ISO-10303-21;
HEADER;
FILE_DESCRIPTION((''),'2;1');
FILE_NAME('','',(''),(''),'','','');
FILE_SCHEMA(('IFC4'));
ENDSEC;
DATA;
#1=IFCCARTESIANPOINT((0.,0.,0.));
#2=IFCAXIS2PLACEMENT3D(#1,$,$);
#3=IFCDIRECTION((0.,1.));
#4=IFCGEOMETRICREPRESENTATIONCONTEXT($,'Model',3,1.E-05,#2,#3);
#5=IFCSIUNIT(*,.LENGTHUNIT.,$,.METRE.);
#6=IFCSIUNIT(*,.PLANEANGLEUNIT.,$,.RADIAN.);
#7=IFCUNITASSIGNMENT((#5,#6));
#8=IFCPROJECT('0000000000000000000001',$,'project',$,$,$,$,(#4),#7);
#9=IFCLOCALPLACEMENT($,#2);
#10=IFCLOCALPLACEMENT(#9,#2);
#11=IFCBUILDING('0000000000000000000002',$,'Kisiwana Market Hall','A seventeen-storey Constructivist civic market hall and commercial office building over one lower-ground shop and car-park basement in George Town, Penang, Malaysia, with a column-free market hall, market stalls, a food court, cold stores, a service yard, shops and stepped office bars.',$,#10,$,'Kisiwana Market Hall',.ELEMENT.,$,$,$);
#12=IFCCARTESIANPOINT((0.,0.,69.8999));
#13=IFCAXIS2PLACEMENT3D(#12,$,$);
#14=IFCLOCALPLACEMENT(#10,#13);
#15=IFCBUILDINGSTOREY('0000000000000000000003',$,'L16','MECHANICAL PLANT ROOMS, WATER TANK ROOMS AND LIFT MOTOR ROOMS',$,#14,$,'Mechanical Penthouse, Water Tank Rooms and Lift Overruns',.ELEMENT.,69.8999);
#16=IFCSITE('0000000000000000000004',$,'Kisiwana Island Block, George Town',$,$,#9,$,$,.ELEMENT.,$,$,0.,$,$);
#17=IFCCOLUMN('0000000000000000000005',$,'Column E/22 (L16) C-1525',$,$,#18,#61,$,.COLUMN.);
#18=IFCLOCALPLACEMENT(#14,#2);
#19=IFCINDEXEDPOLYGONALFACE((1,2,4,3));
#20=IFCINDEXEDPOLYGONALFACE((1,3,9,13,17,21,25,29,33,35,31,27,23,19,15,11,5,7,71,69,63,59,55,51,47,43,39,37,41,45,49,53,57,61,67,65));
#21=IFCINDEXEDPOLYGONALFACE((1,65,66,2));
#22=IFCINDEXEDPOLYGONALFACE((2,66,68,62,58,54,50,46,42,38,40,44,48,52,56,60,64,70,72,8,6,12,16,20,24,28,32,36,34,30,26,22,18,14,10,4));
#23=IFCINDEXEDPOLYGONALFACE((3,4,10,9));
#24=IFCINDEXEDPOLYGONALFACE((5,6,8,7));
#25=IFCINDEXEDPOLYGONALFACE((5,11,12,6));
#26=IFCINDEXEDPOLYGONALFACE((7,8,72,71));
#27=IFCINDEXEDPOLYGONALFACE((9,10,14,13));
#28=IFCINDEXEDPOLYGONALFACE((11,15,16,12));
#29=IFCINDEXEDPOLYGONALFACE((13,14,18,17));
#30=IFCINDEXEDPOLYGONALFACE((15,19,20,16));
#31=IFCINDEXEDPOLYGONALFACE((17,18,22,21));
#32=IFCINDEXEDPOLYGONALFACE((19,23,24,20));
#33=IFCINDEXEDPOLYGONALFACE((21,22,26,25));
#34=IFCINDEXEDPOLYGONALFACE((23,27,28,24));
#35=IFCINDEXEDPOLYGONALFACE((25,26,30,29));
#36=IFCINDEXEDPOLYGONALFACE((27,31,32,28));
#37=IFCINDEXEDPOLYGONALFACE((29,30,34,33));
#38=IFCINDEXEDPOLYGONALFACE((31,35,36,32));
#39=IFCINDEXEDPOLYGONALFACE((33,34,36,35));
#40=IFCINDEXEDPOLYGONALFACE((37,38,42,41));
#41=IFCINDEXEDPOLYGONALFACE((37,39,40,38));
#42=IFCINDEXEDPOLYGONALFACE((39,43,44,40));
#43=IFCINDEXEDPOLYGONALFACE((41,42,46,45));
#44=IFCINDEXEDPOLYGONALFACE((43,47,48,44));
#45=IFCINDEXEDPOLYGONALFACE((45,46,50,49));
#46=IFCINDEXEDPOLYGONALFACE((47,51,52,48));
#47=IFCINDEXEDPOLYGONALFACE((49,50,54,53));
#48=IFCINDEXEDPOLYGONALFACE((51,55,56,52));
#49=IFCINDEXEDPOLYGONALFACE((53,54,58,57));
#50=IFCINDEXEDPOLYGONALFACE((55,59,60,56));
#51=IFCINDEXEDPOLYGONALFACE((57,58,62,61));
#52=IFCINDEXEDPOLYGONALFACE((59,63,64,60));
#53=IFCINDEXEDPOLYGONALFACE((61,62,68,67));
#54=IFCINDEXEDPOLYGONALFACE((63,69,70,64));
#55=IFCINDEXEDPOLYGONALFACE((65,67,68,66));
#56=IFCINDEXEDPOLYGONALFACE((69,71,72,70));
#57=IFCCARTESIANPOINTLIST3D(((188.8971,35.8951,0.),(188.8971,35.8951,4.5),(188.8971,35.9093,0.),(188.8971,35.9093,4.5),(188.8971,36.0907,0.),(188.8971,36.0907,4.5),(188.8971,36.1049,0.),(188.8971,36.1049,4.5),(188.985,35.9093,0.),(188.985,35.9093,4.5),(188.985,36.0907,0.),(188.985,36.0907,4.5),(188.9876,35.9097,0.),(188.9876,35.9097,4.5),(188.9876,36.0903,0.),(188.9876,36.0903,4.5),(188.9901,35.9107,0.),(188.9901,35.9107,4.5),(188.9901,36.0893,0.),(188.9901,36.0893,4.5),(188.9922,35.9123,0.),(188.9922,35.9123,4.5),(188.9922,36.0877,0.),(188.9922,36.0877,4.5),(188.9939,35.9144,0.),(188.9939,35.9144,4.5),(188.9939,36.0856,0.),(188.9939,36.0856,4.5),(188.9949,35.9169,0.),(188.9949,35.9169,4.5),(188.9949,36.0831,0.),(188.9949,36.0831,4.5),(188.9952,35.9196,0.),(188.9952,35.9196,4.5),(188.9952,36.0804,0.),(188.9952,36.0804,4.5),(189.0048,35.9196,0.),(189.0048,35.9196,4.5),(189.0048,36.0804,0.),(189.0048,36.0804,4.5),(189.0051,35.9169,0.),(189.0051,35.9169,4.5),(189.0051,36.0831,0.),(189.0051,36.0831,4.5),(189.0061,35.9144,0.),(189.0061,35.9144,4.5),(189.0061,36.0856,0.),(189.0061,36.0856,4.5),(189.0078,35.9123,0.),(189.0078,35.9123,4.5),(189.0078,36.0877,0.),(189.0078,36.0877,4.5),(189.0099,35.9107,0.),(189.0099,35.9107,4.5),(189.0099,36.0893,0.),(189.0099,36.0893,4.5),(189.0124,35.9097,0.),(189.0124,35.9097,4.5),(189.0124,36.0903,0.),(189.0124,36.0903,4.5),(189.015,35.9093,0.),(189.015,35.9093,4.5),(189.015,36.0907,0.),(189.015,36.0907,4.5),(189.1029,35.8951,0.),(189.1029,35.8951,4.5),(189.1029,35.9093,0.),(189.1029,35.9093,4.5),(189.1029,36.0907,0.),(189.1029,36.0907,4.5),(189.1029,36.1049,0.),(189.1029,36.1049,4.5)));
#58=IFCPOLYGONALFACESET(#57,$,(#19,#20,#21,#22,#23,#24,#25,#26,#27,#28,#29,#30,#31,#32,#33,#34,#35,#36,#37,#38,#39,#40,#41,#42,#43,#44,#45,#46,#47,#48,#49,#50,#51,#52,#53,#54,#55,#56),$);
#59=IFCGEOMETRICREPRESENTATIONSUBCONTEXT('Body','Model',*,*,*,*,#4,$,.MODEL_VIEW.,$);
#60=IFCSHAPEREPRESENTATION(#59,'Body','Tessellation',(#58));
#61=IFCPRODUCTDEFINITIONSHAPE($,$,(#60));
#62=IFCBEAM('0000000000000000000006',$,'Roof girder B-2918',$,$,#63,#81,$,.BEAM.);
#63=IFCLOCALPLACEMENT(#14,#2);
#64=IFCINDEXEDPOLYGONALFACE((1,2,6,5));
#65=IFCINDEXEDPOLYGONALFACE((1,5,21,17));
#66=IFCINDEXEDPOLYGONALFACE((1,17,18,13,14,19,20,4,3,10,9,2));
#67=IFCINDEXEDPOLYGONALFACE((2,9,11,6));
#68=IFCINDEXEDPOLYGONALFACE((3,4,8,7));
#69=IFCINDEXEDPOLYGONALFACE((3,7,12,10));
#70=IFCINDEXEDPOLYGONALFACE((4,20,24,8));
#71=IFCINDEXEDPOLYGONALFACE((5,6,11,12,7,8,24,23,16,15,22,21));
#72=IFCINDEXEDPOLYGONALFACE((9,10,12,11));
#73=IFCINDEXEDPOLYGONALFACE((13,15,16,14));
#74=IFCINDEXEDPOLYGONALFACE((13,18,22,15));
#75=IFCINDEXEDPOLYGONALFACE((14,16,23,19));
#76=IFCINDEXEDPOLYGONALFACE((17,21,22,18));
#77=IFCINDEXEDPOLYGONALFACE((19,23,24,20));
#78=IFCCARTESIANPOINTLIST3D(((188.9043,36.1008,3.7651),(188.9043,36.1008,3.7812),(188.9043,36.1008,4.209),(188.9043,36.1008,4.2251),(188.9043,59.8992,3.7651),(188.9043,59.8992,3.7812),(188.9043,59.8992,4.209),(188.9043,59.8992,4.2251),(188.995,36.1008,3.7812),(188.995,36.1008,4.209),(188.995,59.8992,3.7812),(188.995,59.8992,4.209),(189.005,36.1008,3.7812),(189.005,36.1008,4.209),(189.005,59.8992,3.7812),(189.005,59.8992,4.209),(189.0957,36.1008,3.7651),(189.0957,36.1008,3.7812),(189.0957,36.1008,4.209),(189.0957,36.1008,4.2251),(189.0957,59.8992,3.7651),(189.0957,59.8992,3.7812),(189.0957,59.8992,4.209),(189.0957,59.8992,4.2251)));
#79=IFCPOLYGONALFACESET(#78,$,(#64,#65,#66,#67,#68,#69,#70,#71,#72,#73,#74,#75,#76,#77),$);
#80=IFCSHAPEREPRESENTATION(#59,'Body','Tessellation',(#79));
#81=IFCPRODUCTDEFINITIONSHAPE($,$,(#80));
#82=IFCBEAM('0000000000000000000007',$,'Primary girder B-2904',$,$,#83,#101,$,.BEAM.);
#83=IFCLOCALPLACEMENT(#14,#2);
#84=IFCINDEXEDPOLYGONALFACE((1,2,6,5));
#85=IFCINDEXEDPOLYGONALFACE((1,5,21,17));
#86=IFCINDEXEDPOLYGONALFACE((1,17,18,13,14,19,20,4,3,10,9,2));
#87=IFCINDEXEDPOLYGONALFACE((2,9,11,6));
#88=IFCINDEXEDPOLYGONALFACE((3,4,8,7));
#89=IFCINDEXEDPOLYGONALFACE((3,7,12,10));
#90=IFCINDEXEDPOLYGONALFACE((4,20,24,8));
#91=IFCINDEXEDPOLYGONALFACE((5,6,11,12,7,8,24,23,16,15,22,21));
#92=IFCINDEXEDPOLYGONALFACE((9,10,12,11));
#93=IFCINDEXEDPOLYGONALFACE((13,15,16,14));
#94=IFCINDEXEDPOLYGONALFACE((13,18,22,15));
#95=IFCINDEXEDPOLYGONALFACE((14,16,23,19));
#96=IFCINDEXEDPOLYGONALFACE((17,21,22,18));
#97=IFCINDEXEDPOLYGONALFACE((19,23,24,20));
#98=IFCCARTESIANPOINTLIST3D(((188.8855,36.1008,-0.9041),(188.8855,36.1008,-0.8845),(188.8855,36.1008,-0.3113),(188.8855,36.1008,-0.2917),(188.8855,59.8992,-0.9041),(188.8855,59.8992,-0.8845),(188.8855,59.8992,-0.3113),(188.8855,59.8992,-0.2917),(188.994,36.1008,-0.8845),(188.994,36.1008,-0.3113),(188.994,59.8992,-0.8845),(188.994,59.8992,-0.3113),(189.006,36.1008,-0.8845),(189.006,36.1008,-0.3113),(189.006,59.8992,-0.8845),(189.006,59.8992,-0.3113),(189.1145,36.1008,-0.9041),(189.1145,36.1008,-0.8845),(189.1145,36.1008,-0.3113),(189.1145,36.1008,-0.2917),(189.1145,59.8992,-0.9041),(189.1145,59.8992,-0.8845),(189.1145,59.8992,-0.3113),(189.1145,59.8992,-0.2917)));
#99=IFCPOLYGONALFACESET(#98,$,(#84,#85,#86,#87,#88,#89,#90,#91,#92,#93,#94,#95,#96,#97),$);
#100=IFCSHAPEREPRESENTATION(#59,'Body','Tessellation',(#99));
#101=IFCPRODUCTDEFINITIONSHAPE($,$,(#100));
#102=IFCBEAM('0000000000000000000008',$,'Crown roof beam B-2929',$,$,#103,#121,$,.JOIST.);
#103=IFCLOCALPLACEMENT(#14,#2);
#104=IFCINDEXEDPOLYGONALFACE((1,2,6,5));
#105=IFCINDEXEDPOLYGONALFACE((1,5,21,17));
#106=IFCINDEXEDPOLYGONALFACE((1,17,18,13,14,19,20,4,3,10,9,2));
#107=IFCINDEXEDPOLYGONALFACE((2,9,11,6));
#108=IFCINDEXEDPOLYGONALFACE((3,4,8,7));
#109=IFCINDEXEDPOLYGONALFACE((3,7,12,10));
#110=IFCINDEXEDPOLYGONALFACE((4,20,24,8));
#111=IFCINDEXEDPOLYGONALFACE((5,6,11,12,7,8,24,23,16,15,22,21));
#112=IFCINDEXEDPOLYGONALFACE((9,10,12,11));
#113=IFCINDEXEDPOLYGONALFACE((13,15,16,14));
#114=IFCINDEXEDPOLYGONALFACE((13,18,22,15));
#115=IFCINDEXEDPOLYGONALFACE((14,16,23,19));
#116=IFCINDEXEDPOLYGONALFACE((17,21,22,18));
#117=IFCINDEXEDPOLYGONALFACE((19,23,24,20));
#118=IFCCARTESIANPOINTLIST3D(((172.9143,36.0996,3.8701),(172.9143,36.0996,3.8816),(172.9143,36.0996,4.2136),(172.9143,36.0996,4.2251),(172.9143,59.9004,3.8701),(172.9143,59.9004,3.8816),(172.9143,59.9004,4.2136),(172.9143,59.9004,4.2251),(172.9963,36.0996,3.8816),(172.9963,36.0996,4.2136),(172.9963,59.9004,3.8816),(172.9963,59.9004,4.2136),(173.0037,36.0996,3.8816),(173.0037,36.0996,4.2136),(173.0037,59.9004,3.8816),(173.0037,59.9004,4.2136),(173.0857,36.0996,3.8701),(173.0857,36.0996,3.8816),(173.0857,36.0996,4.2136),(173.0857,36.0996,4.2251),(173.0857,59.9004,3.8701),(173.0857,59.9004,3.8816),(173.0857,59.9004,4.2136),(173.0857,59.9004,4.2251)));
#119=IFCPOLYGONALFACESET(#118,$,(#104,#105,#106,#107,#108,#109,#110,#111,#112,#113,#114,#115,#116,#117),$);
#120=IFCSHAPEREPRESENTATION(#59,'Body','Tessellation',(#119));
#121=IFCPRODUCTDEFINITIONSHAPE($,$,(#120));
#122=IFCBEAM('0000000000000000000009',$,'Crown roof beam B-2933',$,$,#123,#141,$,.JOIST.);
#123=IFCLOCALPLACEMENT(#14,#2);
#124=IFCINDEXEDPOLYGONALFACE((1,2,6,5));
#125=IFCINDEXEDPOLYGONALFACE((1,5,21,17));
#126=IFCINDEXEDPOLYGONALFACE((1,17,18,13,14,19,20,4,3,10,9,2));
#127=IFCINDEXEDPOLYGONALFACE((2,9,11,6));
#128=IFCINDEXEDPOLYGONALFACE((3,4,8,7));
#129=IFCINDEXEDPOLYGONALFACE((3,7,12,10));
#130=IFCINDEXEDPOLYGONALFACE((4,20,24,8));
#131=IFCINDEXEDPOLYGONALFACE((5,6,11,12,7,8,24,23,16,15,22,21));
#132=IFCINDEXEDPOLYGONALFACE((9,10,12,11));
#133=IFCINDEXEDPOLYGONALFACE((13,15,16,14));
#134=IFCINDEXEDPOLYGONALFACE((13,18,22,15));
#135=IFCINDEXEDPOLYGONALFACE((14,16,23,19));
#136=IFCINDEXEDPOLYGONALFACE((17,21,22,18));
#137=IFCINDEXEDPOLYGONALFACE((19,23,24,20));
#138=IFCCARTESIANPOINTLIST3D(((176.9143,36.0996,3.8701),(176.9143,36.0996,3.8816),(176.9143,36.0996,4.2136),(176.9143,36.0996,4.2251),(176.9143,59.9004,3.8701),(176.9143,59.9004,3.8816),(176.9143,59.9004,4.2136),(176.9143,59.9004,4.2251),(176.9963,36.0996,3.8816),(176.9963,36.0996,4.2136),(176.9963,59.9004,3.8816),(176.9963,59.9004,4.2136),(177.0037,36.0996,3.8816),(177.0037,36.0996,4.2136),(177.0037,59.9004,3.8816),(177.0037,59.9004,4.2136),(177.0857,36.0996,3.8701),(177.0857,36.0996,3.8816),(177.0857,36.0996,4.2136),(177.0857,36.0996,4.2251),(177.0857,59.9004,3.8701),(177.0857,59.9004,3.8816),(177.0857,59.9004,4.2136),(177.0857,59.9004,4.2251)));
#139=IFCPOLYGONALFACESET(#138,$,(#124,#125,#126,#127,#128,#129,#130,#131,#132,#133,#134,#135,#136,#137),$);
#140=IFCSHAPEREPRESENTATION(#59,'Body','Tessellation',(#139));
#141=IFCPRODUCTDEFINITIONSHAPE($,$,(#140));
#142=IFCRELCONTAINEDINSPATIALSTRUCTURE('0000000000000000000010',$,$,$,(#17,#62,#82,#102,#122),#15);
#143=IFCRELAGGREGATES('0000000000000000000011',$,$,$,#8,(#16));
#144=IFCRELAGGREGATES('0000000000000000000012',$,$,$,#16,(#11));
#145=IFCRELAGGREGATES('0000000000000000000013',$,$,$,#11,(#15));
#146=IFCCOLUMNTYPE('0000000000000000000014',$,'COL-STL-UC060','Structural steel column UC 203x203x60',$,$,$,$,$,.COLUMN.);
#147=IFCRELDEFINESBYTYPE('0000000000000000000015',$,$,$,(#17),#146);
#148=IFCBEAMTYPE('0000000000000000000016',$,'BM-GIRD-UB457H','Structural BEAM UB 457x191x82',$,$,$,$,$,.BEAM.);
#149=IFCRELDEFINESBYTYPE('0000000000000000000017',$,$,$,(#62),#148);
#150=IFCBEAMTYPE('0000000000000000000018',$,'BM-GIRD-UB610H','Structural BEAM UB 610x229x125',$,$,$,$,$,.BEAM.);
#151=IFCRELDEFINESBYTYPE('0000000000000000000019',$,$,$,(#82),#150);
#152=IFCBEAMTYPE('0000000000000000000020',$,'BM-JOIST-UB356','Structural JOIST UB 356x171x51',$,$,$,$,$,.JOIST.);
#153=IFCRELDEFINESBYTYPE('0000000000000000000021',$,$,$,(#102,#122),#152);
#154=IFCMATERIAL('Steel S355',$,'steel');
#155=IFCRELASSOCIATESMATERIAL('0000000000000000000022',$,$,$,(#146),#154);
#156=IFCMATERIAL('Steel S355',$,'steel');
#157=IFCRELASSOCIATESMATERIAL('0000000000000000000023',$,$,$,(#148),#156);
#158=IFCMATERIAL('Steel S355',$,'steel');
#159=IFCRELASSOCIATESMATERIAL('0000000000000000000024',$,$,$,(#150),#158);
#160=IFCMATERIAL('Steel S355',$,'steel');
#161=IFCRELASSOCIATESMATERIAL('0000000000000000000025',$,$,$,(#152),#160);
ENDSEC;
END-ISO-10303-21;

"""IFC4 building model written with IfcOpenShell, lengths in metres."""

from ifc_helpers import new_model, si_unit, direction, frame, origin, origin_2d, place, context, subcontext, project, spatial, i_section, extrude, material, material_profile, profile_set, type_object, element, save


model = new_model("IFC4")

# Units and contexts
model_context = context("Model", 3, precision=1e-05, world=origin(), true_north=direction((0.0, 1.0)))
body_context = subcontext(model_context, "Body", "Model", "MODEL_VIEW")
ifc_project = project(units=[si_unit("LENGTHUNIT", "METRE"), si_unit("PLANEANGLEUNIT", "RADIAN")], contexts=[model_context])

# Site, building, storey
site_placement = place(None, origin())
site = spatial("IfcSite", under=ifc_project, at=site_placement, Name="Kisiwana Island Block, George Town", CompositionType="ELEMENT", RefElevation=0.0)
building_placement = place(site_placement, origin())
building = spatial("IfcBuilding", under=site, at=building_placement, Name="Kisiwana Market Hall", Description="A seventeen-storey Constructivist civic market hall and commercial office building over one lower-ground shop and car-park basement in George Town, Penang, Malaysia, with a column-free market hall, market stalls, a food court, cold stores, a service yard, shops and stepped office bars.", LongName="Kisiwana Market Hall", CompositionType="ELEMENT")
storey_placement = place(building_placement, frame((0.0, 0.0, 69.8999)))
storey = spatial("IfcBuildingStorey", under=building, at=storey_placement, Name="L16", Description="MECHANICAL PLANT ROOMS, WATER TANK ROOMS AND LIFT MOTOR ROOMS", LongName="Mechanical Penthouse, Water Tank Rooms and Lift Overruns", CompositionType="ELEMENT", Elevation=69.8999)

# Column
ifc_material_1 = material(Name="Steel S355", Category="steel")
ifc_material_profile_1 = material_profile(ifc_material_1, i_section(OverallWidth=0.2058, OverallDepth=0.2097, WebThickness=0.0095, FlangeThickness=0.0142, FilletRadius=0.0103, at=origin_2d()), Name="UC 203x203x60")
ifc_profile_set_1 = profile_set([ifc_material_profile_1], Name="Steel S355")
column_type = type_object("IfcColumnType", Name="COL-STL-UC060", Description="Structural steel column UC 203x203x60", PredefinedType="COLUMN", material=ifc_profile_set_1)
column_placement = place(storey_placement, frame((189.0, 36.0, 0.0), z_axis=(0.0, 0.0, 1.0), x_axis=(1.0, 0.0, 0.0)))
element("IfcColumn", 1, at=column_placement, inside=storey, type_object=column_type, Name="Column E/22 (L16) C-1525", PredefinedType="COLUMN", context=body_context, shape_type="SweptSolid", body=[
    extrude(i_section(OverallWidth=0.2058, OverallDepth=0.2097, WebThickness=0.0095, FlangeThickness=0.0142, FilletRadius=0.0103, at=origin_2d()), origin(), (0.0, 0.0, 1.0), 4.5),
])

# Beams
ifc_material_2 = material(Name="Steel S355", Category="steel")
ifc_material_profile_2 = material_profile(ifc_material_2, i_section(OverallWidth=0.1914, OverallDepth=0.46, WebThickness=0.01, FlangeThickness=0.0161, at=origin_2d()), Name="UB 457x191x82")
ifc_profile_set_2 = profile_set([ifc_material_profile_2], Name="Steel S355")
beam_type_1 = type_object("IfcBeamType", Name="BM-GIRD-UB457H", Description="Structural BEAM UB 457x191x82", PredefinedType="BEAM", material=ifc_profile_set_2)
beam_1_placement = place(storey_placement, frame((189.0, 36.1008, 3.9951), z_axis=(0.0, 1.0, 0.0), x_axis=(-1.0, 0.0, 0.0)))
element("IfcBeam", 2, at=beam_1_placement, inside=storey, type_object=beam_type_1, Name="Roof girder B-2918", PredefinedType="BEAM", context=body_context, shape_type="SweptSolid", body=[
    extrude(i_section(OverallWidth=0.1914, OverallDepth=0.46, WebThickness=0.01, FlangeThickness=0.0161, at=origin_2d()), origin(), (0.0, 0.0, 1.0), 23.7983),
])
ifc_material_3 = material(Name="Steel S355", Category="steel")
ifc_material_profile_3 = material_profile(ifc_material_3, i_section(OverallWidth=0.229, OverallDepth=0.6123, WebThickness=0.012, FlangeThickness=0.0195, at=origin_2d()), Name="UB 610x229x125")
ifc_profile_set_3 = profile_set([ifc_material_profile_3], Name="Steel S355")
beam_type_2 = type_object("IfcBeamType", Name="BM-GIRD-UB610H", Description="Structural BEAM UB 610x229x125", PredefinedType="BEAM", material=ifc_profile_set_3)
beam_2_placement = place(storey_placement, frame((189.0, 36.1008, -0.5979), z_axis=(0.0, 1.0, 0.0), x_axis=(-1.0, 0.0, 0.0)))
element("IfcBeam", 3, at=beam_2_placement, inside=storey, type_object=beam_type_2, Name="Primary girder B-2904", PredefinedType="BEAM", context=body_context, shape_type="SweptSolid", body=[
    extrude(i_section(OverallWidth=0.229, OverallDepth=0.6123, WebThickness=0.012, FlangeThickness=0.0195, at=origin_2d()), origin(), (0.0, 0.0, 1.0), 23.7983),
])
ifc_material_4 = material(Name="Steel S355", Category="steel")
ifc_material_profile_4 = material_profile(ifc_material_4, i_section(OverallWidth=0.1714, OverallDepth=0.355, WebThickness=0.0073, FlangeThickness=0.0115, at=origin_2d()), Name="UB 356x171x51")
ifc_profile_set_4 = profile_set([ifc_material_profile_4], Name="Steel S355")
beam_type_3 = type_object("IfcBeamType", Name="BM-JOIST-UB356", Description="Structural JOIST UB 356x171x51", PredefinedType="JOIST", material=ifc_profile_set_4)
for number, where, z_axis, x_axis, name in (
    (4, (173.0, 36.0996, 4.0476), (0.0, 1.0, 0.0), (-1.0, 0.0, 0.0), "Crown roof beam B-2929"),
    (5, (177.0, 36.0996, 4.0476), (0.0, 1.0, 0.0), (-1.0, 0.0, 0.0), "Crown roof beam B-2933"),
):
    element("IfcBeam", number, at=place(storey_placement, frame(where, z_axis=z_axis, x_axis=x_axis)), inside=storey, type_object=beam_type_3, Name=name, PredefinedType="JOIST", context=body_context, shape_type="SweptSolid", body=[
        extrude(i_section(OverallWidth=0.1714, OverallDepth=0.355, WebThickness=0.0073, FlangeThickness=0.0115, at=origin_2d()), origin(), (0.0, 0.0, 1.0), 23.8008),
    ])

save(model, "model.ifc")
